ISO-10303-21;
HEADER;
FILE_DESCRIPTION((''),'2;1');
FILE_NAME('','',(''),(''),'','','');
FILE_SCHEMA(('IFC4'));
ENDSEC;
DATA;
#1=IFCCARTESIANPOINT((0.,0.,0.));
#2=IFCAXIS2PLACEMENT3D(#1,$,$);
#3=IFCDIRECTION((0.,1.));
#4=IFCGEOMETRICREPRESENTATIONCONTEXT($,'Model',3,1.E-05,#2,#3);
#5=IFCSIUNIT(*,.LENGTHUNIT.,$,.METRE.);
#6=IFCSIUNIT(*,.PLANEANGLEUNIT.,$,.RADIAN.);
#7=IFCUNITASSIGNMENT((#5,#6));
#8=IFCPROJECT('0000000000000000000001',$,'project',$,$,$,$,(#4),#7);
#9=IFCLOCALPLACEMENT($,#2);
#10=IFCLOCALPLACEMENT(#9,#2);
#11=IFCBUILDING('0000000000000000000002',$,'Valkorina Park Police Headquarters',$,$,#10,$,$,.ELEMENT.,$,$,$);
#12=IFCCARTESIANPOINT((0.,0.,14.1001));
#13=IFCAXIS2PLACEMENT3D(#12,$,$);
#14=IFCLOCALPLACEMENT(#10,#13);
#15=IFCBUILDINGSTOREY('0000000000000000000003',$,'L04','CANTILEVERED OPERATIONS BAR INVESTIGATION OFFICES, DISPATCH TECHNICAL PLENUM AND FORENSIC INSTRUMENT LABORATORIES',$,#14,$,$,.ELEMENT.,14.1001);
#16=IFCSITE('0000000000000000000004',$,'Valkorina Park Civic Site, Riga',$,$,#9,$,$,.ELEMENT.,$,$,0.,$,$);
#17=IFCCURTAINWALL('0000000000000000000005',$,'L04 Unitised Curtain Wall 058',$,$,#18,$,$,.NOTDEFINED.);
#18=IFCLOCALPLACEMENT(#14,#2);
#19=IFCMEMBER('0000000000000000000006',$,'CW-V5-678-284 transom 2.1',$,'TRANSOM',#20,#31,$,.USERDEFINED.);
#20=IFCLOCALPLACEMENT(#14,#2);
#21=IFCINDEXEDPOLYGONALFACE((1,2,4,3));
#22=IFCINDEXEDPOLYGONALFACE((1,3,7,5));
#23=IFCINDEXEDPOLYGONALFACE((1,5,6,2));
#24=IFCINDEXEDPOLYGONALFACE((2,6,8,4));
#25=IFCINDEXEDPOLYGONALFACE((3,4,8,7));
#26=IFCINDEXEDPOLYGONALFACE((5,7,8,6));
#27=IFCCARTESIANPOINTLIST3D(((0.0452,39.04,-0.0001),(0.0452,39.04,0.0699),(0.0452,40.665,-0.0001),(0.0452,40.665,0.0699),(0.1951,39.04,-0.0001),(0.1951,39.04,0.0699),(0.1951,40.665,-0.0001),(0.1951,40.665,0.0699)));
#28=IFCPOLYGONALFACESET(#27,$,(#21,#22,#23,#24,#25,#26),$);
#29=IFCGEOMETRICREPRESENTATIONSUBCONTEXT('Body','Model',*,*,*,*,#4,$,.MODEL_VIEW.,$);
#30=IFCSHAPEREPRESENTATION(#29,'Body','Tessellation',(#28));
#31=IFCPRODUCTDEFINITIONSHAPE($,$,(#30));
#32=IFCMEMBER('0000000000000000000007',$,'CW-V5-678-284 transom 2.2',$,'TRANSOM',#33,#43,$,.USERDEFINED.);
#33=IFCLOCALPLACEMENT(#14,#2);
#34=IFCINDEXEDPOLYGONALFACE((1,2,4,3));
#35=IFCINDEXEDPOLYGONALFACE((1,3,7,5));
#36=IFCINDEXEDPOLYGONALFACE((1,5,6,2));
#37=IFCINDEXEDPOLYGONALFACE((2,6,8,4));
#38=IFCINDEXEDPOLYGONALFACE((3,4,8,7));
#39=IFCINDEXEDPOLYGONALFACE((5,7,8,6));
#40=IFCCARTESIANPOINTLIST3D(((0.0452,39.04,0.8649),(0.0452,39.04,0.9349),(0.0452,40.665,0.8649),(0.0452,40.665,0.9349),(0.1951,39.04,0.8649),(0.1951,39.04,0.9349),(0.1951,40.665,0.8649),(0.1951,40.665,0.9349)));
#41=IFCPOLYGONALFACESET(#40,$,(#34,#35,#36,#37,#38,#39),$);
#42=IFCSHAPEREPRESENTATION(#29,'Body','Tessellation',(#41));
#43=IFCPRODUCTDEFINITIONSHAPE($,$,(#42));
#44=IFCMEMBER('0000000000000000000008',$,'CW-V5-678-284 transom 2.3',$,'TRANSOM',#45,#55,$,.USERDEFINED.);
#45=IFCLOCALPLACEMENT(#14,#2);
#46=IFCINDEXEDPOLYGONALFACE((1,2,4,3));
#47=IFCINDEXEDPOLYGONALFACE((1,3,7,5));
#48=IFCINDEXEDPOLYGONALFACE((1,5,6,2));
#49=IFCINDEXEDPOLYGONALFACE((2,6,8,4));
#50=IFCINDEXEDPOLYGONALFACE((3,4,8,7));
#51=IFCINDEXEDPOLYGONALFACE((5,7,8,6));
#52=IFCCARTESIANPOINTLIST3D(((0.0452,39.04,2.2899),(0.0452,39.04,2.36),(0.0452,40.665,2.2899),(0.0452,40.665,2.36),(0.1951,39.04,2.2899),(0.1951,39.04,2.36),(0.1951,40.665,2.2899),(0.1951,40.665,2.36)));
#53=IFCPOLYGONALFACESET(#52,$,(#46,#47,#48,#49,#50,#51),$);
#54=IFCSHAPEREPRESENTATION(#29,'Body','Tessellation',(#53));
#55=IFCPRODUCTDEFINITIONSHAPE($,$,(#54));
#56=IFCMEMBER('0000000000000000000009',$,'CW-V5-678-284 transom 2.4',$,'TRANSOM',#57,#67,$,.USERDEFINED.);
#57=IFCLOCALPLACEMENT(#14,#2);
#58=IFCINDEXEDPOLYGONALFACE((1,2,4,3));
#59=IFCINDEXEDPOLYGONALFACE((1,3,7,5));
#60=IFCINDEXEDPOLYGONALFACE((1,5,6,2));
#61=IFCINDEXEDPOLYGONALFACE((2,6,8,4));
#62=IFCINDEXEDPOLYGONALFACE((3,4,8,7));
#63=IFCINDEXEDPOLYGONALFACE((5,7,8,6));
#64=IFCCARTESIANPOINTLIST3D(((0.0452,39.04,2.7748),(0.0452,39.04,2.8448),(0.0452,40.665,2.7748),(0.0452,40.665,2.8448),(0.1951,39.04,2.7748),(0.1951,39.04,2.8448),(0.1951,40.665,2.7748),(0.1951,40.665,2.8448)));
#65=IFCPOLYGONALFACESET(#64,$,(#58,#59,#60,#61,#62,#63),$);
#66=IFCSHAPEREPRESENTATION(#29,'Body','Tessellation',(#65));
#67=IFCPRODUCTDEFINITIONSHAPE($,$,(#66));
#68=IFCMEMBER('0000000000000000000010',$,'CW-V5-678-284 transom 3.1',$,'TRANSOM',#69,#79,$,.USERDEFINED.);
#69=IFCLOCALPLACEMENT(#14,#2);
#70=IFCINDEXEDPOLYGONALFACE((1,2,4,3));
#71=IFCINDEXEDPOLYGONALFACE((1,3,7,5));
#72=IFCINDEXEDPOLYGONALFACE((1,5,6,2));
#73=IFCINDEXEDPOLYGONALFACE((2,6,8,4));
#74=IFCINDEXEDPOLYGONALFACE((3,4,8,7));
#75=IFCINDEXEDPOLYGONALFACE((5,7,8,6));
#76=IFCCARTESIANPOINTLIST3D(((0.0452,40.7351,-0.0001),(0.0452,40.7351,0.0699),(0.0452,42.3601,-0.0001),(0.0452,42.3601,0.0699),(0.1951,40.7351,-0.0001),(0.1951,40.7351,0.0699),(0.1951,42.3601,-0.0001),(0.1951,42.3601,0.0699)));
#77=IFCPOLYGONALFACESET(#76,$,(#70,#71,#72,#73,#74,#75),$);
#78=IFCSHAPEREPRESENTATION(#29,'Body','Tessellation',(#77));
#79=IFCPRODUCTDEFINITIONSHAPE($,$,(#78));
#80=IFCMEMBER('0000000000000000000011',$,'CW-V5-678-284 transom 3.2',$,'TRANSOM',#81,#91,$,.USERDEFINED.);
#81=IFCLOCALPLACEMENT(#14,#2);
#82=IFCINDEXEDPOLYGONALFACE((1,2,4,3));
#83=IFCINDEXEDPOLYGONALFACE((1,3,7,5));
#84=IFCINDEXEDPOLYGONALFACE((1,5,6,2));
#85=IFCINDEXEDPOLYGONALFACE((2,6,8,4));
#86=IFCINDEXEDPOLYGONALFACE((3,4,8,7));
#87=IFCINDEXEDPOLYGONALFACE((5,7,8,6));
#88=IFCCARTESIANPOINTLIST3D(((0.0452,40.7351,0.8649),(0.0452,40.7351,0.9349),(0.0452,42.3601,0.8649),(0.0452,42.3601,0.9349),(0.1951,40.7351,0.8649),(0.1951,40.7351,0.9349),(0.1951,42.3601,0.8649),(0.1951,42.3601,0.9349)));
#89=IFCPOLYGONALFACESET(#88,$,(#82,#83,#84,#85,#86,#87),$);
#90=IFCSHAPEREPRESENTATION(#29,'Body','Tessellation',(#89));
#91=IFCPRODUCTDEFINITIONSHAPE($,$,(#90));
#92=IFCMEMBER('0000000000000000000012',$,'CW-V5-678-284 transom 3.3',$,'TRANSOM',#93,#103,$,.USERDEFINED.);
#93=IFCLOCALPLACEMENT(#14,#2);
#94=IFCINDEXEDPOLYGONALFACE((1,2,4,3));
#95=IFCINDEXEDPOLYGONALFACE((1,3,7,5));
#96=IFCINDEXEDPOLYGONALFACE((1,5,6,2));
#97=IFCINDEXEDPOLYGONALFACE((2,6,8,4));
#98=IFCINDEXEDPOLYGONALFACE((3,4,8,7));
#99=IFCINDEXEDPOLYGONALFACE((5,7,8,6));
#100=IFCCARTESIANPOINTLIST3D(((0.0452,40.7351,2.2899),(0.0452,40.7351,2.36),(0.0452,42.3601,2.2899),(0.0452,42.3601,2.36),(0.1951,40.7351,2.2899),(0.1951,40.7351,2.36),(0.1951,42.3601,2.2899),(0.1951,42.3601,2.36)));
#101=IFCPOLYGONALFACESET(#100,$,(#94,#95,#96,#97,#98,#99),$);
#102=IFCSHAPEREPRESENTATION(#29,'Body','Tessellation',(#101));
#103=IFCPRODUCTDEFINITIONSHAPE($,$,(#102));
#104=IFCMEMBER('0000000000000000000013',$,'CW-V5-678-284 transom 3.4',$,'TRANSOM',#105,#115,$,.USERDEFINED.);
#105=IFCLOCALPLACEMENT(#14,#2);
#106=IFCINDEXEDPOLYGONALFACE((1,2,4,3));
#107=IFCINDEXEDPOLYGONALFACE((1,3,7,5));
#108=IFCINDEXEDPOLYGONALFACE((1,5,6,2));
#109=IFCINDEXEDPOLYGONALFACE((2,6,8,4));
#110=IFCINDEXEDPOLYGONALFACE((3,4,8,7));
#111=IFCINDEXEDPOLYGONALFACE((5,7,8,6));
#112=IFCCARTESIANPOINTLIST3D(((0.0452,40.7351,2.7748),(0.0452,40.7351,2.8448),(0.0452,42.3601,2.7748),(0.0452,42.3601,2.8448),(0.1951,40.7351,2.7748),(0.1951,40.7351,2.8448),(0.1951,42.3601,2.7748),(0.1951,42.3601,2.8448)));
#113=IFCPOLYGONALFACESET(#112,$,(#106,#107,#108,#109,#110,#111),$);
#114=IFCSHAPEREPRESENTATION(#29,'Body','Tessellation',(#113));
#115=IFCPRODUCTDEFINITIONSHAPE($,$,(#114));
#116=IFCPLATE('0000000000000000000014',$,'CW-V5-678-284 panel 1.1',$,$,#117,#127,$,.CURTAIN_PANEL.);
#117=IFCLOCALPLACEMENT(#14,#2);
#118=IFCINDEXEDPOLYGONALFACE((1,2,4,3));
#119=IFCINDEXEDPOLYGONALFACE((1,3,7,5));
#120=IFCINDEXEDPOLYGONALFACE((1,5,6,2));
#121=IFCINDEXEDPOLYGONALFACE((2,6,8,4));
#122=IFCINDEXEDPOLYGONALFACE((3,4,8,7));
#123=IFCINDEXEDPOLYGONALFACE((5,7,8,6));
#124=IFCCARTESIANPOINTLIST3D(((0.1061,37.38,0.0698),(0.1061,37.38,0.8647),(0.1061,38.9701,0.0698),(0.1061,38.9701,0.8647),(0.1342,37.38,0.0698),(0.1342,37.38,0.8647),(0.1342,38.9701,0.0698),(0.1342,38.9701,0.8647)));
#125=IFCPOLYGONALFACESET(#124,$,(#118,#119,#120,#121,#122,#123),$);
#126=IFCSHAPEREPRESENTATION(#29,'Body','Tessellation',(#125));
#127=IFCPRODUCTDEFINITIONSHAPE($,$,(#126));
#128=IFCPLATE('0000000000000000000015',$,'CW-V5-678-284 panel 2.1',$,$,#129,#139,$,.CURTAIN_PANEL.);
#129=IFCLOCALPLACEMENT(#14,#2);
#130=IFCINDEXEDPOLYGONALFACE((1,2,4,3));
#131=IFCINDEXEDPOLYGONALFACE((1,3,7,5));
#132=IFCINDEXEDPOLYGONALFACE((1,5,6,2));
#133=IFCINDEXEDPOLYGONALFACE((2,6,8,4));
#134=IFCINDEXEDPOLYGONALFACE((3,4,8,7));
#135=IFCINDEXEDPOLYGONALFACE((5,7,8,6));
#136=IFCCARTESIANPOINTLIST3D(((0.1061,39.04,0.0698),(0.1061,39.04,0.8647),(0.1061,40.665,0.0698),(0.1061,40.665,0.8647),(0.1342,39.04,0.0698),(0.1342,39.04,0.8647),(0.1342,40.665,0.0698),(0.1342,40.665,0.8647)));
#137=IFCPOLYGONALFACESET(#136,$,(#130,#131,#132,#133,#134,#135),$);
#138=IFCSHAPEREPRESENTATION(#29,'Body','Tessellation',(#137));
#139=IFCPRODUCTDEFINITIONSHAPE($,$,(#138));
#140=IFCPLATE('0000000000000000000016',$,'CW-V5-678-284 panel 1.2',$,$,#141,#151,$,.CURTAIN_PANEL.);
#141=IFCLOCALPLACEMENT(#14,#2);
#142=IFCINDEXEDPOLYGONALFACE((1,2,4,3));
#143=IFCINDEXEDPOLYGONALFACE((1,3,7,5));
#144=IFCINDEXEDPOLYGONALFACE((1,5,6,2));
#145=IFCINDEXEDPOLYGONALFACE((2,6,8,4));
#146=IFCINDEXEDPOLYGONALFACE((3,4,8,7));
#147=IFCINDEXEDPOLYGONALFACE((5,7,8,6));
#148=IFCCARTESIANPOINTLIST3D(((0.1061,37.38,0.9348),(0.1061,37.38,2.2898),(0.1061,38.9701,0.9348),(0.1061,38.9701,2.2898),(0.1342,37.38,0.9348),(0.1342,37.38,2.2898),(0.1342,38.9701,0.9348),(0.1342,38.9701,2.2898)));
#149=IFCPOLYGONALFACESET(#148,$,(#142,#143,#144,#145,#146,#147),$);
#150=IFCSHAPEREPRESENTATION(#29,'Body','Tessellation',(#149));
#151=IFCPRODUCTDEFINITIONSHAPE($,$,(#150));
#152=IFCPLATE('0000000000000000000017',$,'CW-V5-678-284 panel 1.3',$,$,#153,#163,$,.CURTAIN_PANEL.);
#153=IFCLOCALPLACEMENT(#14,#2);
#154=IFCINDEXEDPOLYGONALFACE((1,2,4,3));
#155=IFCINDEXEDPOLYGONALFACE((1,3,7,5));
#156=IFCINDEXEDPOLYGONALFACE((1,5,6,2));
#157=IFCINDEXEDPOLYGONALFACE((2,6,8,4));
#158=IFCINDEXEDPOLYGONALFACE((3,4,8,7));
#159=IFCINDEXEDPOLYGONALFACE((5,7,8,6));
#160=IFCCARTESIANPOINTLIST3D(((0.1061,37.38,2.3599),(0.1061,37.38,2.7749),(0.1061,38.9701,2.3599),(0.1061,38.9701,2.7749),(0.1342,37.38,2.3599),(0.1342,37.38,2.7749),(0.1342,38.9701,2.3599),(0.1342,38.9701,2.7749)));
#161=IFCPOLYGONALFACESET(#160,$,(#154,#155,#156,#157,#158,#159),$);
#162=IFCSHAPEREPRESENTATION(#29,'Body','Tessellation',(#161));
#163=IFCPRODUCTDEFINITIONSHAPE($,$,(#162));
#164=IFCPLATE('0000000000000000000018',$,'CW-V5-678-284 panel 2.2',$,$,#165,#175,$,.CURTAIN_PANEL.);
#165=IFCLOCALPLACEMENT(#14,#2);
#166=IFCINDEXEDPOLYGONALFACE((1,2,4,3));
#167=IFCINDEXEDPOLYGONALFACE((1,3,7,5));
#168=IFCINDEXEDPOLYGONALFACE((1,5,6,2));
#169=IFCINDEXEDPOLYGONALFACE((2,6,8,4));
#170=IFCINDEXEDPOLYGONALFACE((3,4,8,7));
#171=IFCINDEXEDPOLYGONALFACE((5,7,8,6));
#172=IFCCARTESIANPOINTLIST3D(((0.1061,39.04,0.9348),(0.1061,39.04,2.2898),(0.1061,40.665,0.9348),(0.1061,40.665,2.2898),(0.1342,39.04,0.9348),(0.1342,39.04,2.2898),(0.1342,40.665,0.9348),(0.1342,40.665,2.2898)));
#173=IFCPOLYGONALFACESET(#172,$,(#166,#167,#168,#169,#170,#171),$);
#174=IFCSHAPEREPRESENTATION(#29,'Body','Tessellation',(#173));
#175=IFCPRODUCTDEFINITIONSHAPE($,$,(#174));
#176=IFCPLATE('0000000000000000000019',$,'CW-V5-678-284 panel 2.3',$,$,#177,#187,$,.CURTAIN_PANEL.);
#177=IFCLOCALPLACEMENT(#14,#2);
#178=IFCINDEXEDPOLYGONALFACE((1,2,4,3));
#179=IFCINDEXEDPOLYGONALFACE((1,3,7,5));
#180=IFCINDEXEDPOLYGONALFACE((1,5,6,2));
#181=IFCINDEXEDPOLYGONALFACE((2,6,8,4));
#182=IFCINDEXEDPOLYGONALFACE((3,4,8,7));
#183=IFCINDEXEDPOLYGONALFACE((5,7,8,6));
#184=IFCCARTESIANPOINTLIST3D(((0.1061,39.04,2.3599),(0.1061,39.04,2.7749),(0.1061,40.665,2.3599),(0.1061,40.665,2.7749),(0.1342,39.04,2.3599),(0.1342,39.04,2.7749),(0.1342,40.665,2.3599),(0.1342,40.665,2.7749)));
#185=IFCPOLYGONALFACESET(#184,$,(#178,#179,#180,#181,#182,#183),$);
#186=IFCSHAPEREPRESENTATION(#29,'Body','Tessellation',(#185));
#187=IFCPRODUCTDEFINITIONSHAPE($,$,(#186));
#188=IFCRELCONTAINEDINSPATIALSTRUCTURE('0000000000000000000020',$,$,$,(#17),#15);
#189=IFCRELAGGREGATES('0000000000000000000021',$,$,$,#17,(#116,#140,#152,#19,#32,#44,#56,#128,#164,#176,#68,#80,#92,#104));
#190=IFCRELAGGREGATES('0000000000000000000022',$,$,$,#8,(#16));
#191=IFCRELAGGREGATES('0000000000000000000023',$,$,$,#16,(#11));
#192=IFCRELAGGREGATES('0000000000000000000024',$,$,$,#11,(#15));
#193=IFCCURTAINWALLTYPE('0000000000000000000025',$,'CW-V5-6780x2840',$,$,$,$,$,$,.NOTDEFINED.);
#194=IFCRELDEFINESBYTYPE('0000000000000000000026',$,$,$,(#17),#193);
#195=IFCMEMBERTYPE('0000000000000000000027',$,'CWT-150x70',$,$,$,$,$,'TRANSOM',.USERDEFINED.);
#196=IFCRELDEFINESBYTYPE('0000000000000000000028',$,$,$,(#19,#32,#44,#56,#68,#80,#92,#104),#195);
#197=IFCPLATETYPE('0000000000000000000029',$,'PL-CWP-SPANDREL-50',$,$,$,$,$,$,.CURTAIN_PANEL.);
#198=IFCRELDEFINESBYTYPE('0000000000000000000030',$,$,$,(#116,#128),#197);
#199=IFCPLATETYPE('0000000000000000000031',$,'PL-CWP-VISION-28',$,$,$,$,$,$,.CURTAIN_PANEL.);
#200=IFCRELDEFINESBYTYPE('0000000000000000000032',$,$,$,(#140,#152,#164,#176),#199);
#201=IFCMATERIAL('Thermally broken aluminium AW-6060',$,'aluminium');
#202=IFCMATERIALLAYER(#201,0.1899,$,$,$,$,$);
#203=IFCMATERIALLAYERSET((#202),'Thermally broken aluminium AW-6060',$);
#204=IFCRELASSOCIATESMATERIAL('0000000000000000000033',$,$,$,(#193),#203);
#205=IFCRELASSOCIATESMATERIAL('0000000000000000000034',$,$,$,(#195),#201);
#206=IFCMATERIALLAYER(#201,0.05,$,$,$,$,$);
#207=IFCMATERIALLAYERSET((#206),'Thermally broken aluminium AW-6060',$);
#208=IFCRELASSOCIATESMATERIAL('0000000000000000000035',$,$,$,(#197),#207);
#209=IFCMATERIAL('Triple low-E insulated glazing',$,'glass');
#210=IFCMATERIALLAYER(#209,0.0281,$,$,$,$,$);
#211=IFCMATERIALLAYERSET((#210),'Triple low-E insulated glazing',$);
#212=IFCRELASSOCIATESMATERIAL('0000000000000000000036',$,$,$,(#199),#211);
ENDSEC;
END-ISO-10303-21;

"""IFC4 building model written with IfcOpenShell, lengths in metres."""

from ifc_helpers import new_model, si_unit, direction, frame, origin, origin_2d, place, context, subcontext, project, spatial, rectangle, extrude, material, layer, layer_set, material_profile, profile_set, type_object, element, aggregate, save


model = new_model("IFC4")

# Units and contexts
model_context = context("Model", 3, precision=1e-05, world=origin(), true_north=direction((0.0, 1.0)))
body_context = subcontext(model_context, "Body", "Model", "MODEL_VIEW")
ifc_project = project(units=[si_unit("LENGTHUNIT", "METRE"), si_unit("PLANEANGLEUNIT", "RADIAN")], contexts=[model_context])

# Site, building, storey
site_placement = place(None, origin())
site = spatial("IfcSite", under=ifc_project, at=site_placement, Name="Valkorina Park Civic Site, Riga", CompositionType="ELEMENT", RefElevation=0.0)
building_placement = place(site_placement, origin())
building = spatial("IfcBuilding", under=site, at=building_placement, Name="Valkorina Park Police Headquarters", CompositionType="ELEMENT")
storey_placement = place(building_placement, frame((0.0, 0.0, 14.1001)))
storey = spatial("IfcBuildingStorey", under=building, at=storey_placement, Name="L04", Description="CANTILEVERED OPERATIONS BAR INVESTIGATION OFFICES, DISPATCH TECHNICAL PLENUM AND FORENSIC INSTRUMENT LABORATORIES", CompositionType="ELEMENT", Elevation=14.1001)

# Curtain wall, members, plates
ifc_material_1 = material(Name="Thermally broken aluminium AW-6060", Category="aluminium")
ifc_layer_1 = layer(ifc_material_1, 0.1899)
ifc_layer_set_1 = layer_set([ifc_layer_1], Name="Thermally broken aluminium AW-6060")
curtain_wall_type = type_object("IfcCurtainWallType", Name="CW-V5-6780x2840", PredefinedType="NOTDEFINED", material=ifc_layer_set_1)
curtain_wall_placement = place(storey_placement, origin())
curtain_wall = element("IfcCurtainWall", 1, at=curtain_wall_placement, inside=storey, type_object=curtain_wall_type, Name="L04 Unitised Curtain Wall 058", PredefinedType="NOTDEFINED")
ifc_material_profile_1 = material_profile(ifc_material_1, rectangle(XDim=0.1499, YDim=0.0701, at=origin_2d()), Name="CWT-02 150x70")
ifc_profile_set_1 = profile_set([ifc_material_profile_1], Name="Thermally broken aluminium AW-6060")
member_type_1 = type_object("IfcMemberType", Name="CWT-150x70", ElementType="TRANSOM", PredefinedType="USERDEFINED", material=ifc_profile_set_1)
member_1_placement = place(storey_placement, frame((0.1201, 39.04, 0.0349), z_axis=(0.0, 1.0, 0.0), x_axis=(-1.0, 0.0, 0.0)))
member_1 = element("IfcMember", 2, at=member_1_placement, type_object=member_type_1, Name="CW-V5-678-284 transom 2.1", ObjectType="TRANSOM", PredefinedType="USERDEFINED", context=body_context, shape_type="SweptSolid", body=[
    extrude(rectangle(XDim=0.1499, YDim=0.0701, at=origin_2d()), origin(), (0.0, 0.0, 1.0), 1.625),
])
member_2_placement = place(storey_placement, frame((0.1201, 39.04, 0.8999), z_axis=(0.0, 1.0, 0.0), x_axis=(-1.0, 0.0, 0.0)))
member_2 = element("IfcMember", 3, at=member_2_placement, type_object=member_type_1, Name="CW-V5-678-284 transom 2.2", ObjectType="TRANSOM", PredefinedType="USERDEFINED", context=body_context, shape_type="SweptSolid", body=[
    extrude(rectangle(XDim=0.1499, YDim=0.0701, at=origin_2d()), origin(), (0.0, 0.0, 1.0), 1.625),
])
member_3_placement = place(storey_placement, frame((0.1201, 39.04, 2.325), z_axis=(0.0, 1.0, 0.0), x_axis=(-1.0, 0.0, 0.0)))
member_3 = element("IfcMember", 4, at=member_3_placement, type_object=member_type_1, Name="CW-V5-678-284 transom 2.3", ObjectType="TRANSOM", PredefinedType="USERDEFINED", context=body_context, shape_type="SweptSolid", body=[
    extrude(rectangle(XDim=0.1499, YDim=0.0701, at=origin_2d()), origin(), (0.0, 0.0, 1.0), 1.625),
])
member_4_placement = place(storey_placement, frame((0.1201, 39.04, 2.8098), z_axis=(0.0, 1.0, 0.0), x_axis=(-1.0, 0.0, 0.0)))
member_4 = element("IfcMember", 5, at=member_4_placement, type_object=member_type_1, Name="CW-V5-678-284 transom 2.4", ObjectType="TRANSOM", PredefinedType="USERDEFINED", context=body_context, shape_type="SweptSolid", body=[
    extrude(rectangle(XDim=0.1499, YDim=0.0701, at=origin_2d()), origin(), (0.0, 0.0, 1.0), 1.625),
])
member_5_placement = place(storey_placement, frame((0.1201, 40.7351, 0.0349), z_axis=(0.0, 1.0, 0.0), x_axis=(-1.0, 0.0, 0.0)))
member_5 = element("IfcMember", 6, at=member_5_placement, type_object=member_type_1, Name="CW-V5-678-284 transom 3.1", ObjectType="TRANSOM", PredefinedType="USERDEFINED", context=body_context, shape_type="SweptSolid", body=[
    extrude(rectangle(XDim=0.1499, YDim=0.0701, at=origin_2d()), origin(), (0.0, 0.0, 1.0), 1.625),
])
member_6_placement = place(storey_placement, frame((0.1201, 40.7351, 0.8999), z_axis=(0.0, 1.0, 0.0), x_axis=(-1.0, 0.0, 0.0)))
member_6 = element("IfcMember", 7, at=member_6_placement, type_object=member_type_1, Name="CW-V5-678-284 transom 3.2", ObjectType="TRANSOM", PredefinedType="USERDEFINED", context=body_context, shape_type="SweptSolid", body=[
    extrude(rectangle(XDim=0.1499, YDim=0.0701, at=origin_2d()), origin(), (0.0, 0.0, 1.0), 1.625),
])
member_7_placement = place(storey_placement, frame((0.1201, 40.7351, 2.325), z_axis=(0.0, 1.0, 0.0), x_axis=(-1.0, 0.0, 0.0)))
member_7 = element("IfcMember", 8, at=member_7_placement, type_object=member_type_1, Name="CW-V5-678-284 transom 3.3", ObjectType="TRANSOM", PredefinedType="USERDEFINED", context=body_context, shape_type="SweptSolid", body=[
    extrude(rectangle(XDim=0.1499, YDim=0.0701, at=origin_2d()), origin(), (0.0, 0.0, 1.0), 1.625),
])
member_8_placement = place(storey_placement, frame((0.1201, 40.7351, 2.8098), z_axis=(0.0, 1.0, 0.0), x_axis=(-1.0, 0.0, 0.0)))
member_8 = element("IfcMember", 9, at=member_8_placement, type_object=member_type_1, Name="CW-V5-678-284 transom 3.4", ObjectType="TRANSOM", PredefinedType="USERDEFINED", context=body_context, shape_type="SweptSolid", body=[
    extrude(rectangle(XDim=0.1499, YDim=0.0701, at=origin_2d()), origin(), (0.0, 0.0, 1.0), 1.625),
])
ifc_layer_2 = layer(ifc_material_1, 0.05)
ifc_layer_set_2 = layer_set([ifc_layer_2], Name="Thermally broken aluminium AW-6060")
plate_type_1 = type_object("IfcPlateType", Name="PL-CWP-SPANDREL-50", PredefinedType="CURTAIN_PANEL", material=ifc_layer_set_2)
plate_1_placement = place(storey_placement, frame((0.1201, 38.175, 0.0698), z_axis=(0.0, 0.0, 1.0), x_axis=(0.0, 1.0, 0.0)))
plate_1 = element("IfcPlate", 10, at=plate_1_placement, type_object=plate_type_1, Name="CW-V5-678-284 panel 1.1", PredefinedType="CURTAIN_PANEL", context=body_context, shape_type="SweptSolid", body=[
    extrude(rectangle(XDim=1.5901, YDim=0.0281, at=origin_2d()), origin(), (0.0, 0.0, 1.0), 0.7949),
])
plate_2_placement = place(storey_placement, frame((0.1201, 39.8525, 0.0698), z_axis=(0.0, 0.0, 1.0), x_axis=(0.0, 1.0, 0.0)))
plate_2 = element("IfcPlate", 11, at=plate_2_placement, type_object=plate_type_1, Name="CW-V5-678-284 panel 2.1", PredefinedType="CURTAIN_PANEL", context=body_context, shape_type="SweptSolid", body=[
    extrude(rectangle(XDim=1.625, YDim=0.0281, at=origin_2d()), origin(), (0.0, 0.0, 1.0), 0.7949),
])
ifc_material_2 = material(Name="Triple low-E insulated glazing", Category="glass")
ifc_layer_3 = layer(ifc_material_2, 0.0281)
ifc_layer_set_3 = layer_set([ifc_layer_3], Name="Triple low-E insulated glazing")
plate_type_2 = type_object("IfcPlateType", Name="PL-CWP-VISION-28", PredefinedType="CURTAIN_PANEL", material=ifc_layer_set_3)
plate_3_placement = place(storey_placement, frame((0.1201, 38.175, 0.9348), z_axis=(0.0, 0.0, 1.0), x_axis=(0.0, 1.0, 0.0)))
plate_3 = element("IfcPlate", 12, at=plate_3_placement, type_object=plate_type_2, Name="CW-V5-678-284 panel 1.2", PredefinedType="CURTAIN_PANEL", context=body_context, shape_type="SweptSolid", body=[
    extrude(rectangle(XDim=1.5901, YDim=0.0281, at=origin_2d()), origin(), (0.0, 0.0, 1.0), 1.355),
])
plate_4_placement = place(storey_placement, frame((0.1201, 38.175, 2.3599), z_axis=(0.0, 0.0, 1.0), x_axis=(0.0, 1.0, 0.0)))
plate_4 = element("IfcPlate", 13, at=plate_4_placement, type_object=plate_type_2, Name="CW-V5-678-284 panel 1.3", PredefinedType="CURTAIN_PANEL", context=body_context, shape_type="SweptSolid", body=[
    extrude(rectangle(XDim=1.5901, YDim=0.0281, at=origin_2d()), origin(), (0.0, 0.0, 1.0), 0.415),
])
plate_5_placement = place(storey_placement, frame((0.1201, 39.8525, 0.9348), z_axis=(0.0, 0.0, 1.0), x_axis=(0.0, 1.0, 0.0)))
plate_5 = element("IfcPlate", 14, at=plate_5_placement, type_object=plate_type_2, Name="CW-V5-678-284 panel 2.2", PredefinedType="CURTAIN_PANEL", context=body_context, shape_type="SweptSolid", body=[
    extrude(rectangle(XDim=1.625, YDim=0.0281, at=origin_2d()), origin(), (0.0, 0.0, 1.0), 1.355),
])
plate_6_placement = place(storey_placement, frame((0.1201, 39.8525, 2.3599), z_axis=(0.0, 0.0, 1.0), x_axis=(0.0, 1.0, 0.0)))
plate_6 = element("IfcPlate", 15, at=plate_6_placement, type_object=plate_type_2, Name="CW-V5-678-284 panel 2.3", PredefinedType="CURTAIN_PANEL", context=body_context, shape_type="SweptSolid", body=[
    extrude(rectangle(XDim=1.625, YDim=0.0281, at=origin_2d()), origin(), (0.0, 0.0, 1.0), 0.415),
])
aggregate(curtain_wall, [plate_1, plate_3, plate_4, member_1, member_2, member_3, member_4, plate_2, plate_5, plate_6, member_5, member_6, member_7, member_8])

save(model, "model.ifc")
